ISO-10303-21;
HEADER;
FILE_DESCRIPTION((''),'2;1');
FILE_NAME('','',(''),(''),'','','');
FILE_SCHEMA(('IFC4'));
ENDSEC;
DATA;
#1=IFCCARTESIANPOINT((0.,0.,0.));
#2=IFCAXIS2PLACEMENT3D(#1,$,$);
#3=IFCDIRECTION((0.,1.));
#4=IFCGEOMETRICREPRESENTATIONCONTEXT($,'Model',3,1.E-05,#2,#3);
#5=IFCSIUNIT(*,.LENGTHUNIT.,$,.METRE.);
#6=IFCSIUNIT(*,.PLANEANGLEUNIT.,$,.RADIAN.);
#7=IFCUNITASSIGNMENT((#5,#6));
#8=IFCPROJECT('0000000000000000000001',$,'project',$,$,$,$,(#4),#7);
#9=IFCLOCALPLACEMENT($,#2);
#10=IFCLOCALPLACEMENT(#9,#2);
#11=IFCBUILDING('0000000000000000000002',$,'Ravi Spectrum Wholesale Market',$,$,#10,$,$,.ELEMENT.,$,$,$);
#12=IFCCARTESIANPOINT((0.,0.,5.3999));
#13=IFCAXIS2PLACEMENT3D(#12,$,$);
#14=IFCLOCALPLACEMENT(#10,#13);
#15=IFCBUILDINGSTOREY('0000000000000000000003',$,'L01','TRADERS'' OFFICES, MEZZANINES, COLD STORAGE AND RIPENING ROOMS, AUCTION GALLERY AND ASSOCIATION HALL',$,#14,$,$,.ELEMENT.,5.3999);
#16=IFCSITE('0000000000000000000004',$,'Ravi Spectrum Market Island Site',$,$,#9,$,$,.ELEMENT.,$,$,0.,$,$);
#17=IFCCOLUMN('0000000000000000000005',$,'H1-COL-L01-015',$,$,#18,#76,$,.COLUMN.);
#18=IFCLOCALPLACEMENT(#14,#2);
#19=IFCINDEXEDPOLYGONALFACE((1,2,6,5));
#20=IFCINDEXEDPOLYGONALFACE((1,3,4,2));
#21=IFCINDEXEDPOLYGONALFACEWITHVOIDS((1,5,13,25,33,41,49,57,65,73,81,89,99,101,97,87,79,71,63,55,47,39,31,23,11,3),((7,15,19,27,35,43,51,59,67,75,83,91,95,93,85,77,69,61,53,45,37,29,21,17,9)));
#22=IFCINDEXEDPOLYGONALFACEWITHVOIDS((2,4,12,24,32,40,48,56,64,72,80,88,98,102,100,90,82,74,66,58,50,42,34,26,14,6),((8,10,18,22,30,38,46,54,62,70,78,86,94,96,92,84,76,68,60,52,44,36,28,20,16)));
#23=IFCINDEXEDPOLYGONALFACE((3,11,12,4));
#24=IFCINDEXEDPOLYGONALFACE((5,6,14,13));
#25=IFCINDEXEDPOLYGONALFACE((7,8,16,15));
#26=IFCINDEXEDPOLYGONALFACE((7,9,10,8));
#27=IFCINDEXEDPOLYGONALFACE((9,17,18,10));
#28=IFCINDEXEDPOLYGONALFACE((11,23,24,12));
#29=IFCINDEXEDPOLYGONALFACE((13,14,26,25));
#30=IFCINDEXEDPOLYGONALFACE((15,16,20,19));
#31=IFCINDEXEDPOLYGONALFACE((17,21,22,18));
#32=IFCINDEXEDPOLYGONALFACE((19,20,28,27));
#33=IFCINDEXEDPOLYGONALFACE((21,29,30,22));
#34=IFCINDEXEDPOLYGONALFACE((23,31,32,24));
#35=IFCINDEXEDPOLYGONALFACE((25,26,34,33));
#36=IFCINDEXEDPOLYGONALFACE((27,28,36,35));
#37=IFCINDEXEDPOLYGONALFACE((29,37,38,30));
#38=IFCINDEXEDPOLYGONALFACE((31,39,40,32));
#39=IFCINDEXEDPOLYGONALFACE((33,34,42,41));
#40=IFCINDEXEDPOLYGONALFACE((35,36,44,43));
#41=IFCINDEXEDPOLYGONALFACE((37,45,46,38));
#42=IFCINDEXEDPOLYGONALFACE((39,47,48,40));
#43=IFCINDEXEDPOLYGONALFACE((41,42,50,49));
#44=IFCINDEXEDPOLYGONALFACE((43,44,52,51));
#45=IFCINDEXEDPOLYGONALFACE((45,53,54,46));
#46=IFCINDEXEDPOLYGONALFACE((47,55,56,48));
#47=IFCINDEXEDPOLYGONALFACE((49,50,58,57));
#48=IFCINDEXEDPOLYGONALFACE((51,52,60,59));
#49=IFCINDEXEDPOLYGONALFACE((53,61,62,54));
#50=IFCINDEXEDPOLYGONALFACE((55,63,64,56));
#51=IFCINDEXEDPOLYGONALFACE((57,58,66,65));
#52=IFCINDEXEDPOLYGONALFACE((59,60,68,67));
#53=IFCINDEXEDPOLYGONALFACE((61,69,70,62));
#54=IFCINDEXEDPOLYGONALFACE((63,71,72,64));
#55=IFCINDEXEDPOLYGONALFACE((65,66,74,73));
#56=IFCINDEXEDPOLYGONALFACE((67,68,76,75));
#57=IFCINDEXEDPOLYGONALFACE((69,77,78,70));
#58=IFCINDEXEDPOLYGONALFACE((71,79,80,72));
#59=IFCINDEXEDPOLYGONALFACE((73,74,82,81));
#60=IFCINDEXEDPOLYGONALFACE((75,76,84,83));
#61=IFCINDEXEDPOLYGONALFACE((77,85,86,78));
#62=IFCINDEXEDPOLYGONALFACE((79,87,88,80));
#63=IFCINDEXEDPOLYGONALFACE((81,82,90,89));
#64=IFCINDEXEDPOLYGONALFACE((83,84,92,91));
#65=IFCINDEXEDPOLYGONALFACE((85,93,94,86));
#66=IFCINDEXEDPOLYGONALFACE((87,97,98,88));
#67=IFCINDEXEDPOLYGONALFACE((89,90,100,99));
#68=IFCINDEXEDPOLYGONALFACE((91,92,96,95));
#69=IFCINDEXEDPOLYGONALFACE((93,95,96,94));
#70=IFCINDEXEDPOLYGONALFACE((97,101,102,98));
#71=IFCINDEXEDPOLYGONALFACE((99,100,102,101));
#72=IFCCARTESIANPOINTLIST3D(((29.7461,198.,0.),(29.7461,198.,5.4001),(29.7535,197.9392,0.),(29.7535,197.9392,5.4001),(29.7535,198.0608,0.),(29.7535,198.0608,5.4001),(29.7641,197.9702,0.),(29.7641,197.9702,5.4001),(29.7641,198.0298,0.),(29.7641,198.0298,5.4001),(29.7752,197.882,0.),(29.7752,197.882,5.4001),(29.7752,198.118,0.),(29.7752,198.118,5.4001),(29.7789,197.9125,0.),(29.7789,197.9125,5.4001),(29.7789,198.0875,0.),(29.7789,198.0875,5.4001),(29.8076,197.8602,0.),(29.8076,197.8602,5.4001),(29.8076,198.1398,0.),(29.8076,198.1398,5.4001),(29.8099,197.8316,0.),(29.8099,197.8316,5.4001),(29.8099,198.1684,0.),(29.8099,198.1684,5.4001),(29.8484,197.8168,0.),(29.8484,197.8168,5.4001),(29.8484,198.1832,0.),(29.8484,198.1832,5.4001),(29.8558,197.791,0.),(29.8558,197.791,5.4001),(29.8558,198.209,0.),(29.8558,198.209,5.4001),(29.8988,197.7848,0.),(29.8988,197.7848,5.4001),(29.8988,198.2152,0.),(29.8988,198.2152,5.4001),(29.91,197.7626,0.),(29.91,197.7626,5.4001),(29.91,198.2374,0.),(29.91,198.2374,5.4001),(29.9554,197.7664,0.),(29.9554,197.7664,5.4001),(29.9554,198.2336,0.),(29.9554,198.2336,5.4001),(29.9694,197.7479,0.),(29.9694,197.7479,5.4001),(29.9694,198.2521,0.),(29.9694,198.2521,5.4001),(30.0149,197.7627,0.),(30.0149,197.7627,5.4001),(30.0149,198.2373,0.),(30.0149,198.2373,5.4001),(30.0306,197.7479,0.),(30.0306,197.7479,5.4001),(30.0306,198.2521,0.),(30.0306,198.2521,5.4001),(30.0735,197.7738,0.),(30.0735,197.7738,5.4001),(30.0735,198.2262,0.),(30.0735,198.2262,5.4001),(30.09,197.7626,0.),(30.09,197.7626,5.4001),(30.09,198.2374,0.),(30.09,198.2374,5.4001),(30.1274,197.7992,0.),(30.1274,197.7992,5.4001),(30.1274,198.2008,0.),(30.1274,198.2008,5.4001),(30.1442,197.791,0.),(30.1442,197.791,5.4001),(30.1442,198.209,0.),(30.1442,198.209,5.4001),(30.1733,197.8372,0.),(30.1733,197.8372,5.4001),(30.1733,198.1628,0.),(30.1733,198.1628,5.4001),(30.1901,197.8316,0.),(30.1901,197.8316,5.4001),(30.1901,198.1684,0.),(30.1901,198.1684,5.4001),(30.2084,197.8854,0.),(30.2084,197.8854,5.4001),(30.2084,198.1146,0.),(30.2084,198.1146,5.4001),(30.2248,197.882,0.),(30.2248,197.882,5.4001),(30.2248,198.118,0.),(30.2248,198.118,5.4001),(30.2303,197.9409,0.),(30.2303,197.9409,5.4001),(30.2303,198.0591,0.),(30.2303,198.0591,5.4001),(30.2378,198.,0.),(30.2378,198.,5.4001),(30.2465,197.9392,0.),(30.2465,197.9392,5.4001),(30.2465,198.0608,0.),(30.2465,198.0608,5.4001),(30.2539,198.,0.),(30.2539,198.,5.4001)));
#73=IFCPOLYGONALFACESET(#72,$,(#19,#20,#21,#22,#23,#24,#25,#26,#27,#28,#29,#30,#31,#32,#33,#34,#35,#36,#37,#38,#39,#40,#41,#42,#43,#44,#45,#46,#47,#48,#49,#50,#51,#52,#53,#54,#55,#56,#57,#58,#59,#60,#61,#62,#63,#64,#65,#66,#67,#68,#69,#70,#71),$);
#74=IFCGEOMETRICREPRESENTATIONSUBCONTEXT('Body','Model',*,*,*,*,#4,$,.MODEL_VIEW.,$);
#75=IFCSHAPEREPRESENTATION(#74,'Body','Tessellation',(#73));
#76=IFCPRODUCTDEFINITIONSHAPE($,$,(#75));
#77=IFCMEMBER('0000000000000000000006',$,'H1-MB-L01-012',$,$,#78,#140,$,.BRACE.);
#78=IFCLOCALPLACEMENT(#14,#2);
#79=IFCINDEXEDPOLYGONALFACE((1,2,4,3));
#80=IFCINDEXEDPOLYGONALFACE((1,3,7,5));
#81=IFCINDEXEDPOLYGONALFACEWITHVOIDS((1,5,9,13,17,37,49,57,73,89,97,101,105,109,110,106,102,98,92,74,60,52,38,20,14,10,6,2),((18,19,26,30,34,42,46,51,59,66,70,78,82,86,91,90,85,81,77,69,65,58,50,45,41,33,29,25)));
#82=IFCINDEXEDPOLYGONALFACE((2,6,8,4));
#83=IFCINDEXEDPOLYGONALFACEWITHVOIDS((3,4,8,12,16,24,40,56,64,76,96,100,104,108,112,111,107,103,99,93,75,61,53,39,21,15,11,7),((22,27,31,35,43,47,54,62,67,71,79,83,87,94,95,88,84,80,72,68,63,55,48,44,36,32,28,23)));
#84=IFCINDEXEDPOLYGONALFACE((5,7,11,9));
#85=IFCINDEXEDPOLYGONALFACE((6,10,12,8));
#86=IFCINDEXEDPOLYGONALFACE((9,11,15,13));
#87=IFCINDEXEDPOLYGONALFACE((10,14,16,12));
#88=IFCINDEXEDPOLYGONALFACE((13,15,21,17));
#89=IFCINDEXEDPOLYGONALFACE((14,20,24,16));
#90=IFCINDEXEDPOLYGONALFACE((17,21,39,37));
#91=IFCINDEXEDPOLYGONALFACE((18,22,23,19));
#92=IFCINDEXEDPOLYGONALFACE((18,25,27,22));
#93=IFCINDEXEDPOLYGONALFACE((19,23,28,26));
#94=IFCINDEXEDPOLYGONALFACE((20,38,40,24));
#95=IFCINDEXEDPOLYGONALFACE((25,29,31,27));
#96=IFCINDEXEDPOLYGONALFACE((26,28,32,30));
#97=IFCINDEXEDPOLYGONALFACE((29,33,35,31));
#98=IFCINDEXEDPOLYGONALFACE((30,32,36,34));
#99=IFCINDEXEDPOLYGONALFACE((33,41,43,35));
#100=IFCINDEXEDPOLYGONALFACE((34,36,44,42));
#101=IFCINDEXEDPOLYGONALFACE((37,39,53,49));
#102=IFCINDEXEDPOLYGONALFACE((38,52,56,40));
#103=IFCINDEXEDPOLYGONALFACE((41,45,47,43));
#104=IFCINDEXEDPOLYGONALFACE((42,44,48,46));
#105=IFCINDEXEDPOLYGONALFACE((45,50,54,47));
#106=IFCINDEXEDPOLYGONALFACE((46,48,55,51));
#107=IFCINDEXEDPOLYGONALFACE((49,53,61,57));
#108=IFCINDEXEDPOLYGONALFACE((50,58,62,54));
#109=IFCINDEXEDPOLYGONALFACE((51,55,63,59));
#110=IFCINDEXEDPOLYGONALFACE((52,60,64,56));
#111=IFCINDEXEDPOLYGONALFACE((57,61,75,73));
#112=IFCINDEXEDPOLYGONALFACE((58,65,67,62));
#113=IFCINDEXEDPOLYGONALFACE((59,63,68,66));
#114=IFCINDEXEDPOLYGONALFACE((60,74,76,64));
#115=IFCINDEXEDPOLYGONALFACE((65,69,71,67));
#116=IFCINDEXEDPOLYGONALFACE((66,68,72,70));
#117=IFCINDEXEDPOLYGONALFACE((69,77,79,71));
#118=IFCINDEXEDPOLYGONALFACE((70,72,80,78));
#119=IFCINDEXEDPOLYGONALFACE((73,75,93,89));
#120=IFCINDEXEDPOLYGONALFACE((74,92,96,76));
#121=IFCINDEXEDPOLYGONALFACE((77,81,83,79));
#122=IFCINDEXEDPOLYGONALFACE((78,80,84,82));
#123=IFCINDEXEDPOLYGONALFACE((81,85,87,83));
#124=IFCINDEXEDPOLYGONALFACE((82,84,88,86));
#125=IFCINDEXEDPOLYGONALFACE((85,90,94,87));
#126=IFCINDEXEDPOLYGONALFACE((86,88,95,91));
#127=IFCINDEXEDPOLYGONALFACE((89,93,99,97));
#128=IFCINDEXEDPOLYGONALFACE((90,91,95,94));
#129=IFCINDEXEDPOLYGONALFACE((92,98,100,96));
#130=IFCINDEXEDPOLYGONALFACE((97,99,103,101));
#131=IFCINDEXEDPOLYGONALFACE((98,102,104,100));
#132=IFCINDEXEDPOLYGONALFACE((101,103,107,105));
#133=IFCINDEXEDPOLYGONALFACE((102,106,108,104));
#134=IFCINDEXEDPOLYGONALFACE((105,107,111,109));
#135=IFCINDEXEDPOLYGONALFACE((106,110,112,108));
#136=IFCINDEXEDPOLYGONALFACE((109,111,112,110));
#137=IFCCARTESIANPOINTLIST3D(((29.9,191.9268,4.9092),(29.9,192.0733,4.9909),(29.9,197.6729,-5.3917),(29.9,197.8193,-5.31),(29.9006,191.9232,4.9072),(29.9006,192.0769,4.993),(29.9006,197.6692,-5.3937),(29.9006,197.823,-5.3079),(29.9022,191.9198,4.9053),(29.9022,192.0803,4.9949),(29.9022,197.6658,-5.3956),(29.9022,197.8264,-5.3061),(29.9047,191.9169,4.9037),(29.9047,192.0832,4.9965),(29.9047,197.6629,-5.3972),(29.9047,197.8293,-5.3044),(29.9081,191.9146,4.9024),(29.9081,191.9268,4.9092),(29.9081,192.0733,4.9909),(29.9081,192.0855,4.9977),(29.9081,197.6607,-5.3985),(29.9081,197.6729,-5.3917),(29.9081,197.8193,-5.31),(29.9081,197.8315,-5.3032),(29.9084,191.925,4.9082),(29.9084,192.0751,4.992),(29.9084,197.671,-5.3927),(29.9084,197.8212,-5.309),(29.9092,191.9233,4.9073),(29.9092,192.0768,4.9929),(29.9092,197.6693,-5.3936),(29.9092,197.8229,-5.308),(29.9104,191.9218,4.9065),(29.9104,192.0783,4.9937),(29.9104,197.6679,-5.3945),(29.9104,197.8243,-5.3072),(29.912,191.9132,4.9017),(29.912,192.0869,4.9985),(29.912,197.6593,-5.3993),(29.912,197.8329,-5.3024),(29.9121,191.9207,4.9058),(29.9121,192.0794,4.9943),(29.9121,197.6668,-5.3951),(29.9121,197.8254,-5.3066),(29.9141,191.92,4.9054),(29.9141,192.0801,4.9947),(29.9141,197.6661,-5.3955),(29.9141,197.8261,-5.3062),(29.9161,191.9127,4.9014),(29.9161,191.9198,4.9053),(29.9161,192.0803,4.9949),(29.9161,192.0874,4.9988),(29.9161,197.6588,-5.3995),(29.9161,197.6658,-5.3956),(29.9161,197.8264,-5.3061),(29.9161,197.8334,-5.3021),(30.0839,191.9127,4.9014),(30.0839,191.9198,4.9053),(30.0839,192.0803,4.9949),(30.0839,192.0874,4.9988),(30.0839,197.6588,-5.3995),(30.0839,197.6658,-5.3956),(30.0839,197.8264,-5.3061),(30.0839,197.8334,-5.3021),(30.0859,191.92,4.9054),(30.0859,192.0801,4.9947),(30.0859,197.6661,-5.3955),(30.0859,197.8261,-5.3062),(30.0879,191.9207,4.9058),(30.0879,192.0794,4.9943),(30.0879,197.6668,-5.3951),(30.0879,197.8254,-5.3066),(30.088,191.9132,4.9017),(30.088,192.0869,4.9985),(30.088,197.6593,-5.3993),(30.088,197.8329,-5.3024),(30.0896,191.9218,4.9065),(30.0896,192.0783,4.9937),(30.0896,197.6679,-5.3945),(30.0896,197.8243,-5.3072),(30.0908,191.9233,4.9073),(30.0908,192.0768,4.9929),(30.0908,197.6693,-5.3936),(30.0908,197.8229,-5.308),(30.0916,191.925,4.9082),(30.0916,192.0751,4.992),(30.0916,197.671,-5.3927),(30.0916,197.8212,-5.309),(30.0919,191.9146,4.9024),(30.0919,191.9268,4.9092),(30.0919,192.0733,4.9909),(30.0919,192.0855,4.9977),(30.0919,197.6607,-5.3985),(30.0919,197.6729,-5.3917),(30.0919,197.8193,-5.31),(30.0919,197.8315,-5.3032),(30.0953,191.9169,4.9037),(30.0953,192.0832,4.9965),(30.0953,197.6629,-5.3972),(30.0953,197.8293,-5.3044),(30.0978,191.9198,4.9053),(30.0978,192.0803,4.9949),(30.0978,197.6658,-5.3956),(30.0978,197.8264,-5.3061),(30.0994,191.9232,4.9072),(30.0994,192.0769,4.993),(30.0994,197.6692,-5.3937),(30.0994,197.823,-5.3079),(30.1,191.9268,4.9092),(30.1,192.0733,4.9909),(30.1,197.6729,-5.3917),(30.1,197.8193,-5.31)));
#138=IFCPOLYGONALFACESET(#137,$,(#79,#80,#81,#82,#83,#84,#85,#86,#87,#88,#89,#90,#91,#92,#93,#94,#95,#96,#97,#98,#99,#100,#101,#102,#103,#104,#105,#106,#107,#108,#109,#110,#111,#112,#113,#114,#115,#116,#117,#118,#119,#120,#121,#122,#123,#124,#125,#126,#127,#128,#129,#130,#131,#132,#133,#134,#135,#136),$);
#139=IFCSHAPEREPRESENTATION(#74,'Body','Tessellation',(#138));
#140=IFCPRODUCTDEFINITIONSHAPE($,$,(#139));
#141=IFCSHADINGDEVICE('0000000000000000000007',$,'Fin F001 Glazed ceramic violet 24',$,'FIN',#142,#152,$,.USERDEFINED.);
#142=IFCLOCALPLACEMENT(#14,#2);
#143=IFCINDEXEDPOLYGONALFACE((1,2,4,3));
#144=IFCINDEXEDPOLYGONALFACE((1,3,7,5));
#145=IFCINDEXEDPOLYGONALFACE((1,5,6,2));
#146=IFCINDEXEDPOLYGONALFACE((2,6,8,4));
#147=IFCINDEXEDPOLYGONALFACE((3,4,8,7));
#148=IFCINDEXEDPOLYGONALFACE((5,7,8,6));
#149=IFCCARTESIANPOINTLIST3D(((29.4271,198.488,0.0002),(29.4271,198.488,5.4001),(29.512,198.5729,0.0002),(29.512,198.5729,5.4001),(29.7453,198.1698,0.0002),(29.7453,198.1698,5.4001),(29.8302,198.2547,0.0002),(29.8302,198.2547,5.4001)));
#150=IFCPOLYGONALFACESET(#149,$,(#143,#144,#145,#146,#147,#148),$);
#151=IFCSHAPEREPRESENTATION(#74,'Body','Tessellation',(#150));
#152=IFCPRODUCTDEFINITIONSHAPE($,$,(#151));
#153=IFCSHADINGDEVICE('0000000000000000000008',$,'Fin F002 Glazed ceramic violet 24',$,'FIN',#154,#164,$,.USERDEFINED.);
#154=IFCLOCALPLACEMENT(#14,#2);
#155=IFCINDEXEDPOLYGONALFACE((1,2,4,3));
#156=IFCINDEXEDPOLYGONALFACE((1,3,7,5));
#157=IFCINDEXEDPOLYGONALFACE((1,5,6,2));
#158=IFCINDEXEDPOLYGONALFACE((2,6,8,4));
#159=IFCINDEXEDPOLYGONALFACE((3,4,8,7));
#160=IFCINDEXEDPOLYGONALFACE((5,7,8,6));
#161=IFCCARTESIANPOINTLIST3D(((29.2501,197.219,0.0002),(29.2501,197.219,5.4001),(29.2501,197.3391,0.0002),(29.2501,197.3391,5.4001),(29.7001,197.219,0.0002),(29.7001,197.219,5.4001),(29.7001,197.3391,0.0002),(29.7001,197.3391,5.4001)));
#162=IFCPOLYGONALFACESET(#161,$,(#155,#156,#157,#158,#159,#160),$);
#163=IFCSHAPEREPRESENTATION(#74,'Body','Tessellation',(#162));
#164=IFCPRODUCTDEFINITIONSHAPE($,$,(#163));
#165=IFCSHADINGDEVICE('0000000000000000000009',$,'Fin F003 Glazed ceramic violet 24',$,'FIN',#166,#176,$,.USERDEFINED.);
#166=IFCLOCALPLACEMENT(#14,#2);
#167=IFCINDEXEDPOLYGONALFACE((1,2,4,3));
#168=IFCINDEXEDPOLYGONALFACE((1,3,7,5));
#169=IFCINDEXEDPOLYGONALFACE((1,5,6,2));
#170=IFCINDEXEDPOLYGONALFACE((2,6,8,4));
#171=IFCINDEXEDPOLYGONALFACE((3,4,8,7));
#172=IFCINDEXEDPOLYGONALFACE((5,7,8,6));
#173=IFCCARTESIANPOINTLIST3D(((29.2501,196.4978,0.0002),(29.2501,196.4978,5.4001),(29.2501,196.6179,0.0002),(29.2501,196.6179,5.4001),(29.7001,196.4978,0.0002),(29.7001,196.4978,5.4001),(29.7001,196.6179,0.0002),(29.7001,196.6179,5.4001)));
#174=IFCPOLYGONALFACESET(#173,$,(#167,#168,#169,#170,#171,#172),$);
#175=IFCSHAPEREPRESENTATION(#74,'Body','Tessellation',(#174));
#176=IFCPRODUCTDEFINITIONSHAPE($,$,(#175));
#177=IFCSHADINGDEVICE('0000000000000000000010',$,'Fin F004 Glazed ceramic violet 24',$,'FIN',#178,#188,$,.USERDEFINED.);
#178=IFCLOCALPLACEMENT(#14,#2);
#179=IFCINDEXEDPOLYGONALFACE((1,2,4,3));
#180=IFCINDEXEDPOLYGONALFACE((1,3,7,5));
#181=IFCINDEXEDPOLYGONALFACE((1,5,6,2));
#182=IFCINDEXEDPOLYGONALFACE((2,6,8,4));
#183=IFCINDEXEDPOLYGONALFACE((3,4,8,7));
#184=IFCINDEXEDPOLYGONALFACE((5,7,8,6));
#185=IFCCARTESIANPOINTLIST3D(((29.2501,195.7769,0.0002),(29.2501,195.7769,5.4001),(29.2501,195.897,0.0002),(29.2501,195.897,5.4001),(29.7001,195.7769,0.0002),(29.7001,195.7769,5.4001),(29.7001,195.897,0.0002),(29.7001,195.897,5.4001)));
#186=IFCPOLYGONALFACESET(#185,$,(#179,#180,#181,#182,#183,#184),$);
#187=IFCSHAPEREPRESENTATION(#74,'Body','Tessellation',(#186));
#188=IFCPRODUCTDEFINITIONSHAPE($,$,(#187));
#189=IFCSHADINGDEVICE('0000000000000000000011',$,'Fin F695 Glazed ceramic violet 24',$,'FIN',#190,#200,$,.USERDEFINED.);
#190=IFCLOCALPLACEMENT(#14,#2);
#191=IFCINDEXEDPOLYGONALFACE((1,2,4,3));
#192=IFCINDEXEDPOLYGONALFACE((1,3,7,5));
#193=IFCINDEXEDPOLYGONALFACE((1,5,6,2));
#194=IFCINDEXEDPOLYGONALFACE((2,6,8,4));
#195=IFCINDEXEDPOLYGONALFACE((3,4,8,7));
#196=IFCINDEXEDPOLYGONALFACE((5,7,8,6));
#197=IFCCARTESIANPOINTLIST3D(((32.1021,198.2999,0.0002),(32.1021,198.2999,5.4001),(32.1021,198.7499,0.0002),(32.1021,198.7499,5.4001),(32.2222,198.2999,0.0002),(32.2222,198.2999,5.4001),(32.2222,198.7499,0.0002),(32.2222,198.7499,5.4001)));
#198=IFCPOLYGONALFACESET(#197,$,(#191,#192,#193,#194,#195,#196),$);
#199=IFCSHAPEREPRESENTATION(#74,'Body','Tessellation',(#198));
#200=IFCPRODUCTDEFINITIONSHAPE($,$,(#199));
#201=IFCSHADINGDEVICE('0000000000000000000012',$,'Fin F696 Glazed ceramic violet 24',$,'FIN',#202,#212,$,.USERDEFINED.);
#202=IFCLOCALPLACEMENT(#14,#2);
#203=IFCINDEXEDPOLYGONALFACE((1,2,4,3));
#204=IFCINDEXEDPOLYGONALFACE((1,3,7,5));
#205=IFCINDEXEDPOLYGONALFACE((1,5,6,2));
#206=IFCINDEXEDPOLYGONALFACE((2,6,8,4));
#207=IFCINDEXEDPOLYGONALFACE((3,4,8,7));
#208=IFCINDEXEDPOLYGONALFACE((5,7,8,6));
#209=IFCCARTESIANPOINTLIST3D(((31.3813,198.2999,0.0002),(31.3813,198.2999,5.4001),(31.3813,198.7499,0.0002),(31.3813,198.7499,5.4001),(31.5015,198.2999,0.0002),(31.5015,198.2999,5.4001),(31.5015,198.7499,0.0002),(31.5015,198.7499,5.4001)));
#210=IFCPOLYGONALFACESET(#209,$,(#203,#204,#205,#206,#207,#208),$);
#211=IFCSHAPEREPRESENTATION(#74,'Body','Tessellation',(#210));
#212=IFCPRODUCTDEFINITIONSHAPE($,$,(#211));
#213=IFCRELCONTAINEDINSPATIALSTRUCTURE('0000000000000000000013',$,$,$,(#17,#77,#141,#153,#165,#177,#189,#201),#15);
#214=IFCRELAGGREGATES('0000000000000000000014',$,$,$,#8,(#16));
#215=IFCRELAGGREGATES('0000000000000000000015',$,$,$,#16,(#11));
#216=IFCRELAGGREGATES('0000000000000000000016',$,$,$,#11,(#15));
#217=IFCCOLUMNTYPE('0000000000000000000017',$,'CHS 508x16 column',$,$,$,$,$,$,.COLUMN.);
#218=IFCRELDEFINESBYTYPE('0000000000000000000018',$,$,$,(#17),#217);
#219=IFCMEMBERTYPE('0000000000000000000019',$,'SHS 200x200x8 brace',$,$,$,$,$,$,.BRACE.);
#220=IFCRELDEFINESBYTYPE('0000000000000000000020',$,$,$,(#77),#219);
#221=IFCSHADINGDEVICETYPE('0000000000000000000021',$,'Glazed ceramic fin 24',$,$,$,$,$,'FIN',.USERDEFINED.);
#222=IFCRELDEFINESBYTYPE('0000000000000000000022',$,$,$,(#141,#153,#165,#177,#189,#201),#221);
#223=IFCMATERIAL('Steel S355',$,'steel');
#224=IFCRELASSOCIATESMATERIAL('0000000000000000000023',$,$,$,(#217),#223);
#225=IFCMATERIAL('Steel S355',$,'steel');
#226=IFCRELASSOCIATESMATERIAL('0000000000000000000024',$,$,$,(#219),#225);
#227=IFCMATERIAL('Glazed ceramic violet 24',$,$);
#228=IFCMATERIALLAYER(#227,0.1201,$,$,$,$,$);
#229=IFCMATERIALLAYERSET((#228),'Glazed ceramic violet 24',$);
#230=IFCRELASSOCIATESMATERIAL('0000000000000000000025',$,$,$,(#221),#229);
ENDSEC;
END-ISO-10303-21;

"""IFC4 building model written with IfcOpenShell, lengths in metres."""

from ifc_helpers import new_model, si_unit, direction, frame, origin, origin_2d, place, context, subcontext, project, spatial, rectangle, hollow_rectangle, hollow_circle, extrude, material, layer, layer_set, material_profile, profile_set, type_object, element, save


model = new_model("IFC4")

# Units and contexts
model_context = context("Model", 3, precision=1e-05, world=origin(), true_north=direction((0.0, 1.0)))
body_context = subcontext(model_context, "Body", "Model", "MODEL_VIEW")
ifc_project = project(units=[si_unit("LENGTHUNIT", "METRE"), si_unit("PLANEANGLEUNIT", "RADIAN")], contexts=[model_context])

# Site, building, storey
site_placement = place(None, origin())
site = spatial("IfcSite", under=ifc_project, at=site_placement, Name="Ravi Spectrum Market Island Site", CompositionType="ELEMENT", RefElevation=0.0)
building_placement = place(site_placement, origin())
building = spatial("IfcBuilding", under=site, at=building_placement, Name="Ravi Spectrum Wholesale Market", CompositionType="ELEMENT")
storey_placement = place(building_placement, frame((0.0, 0.0, 5.3999)))
storey = spatial("IfcBuildingStorey", under=building, at=storey_placement, Name="L01", Description="TRADERS' OFFICES, MEZZANINES, COLD STORAGE AND RIPENING ROOMS, AUCTION GALLERY AND ASSOCIATION HALL", CompositionType="ELEMENT", Elevation=5.3999)

# Column
ifc_material_1 = material(Name="Steel S355", Category="steel")
ifc_material_profile_1 = material_profile(ifc_material_1, hollow_circle(Radius=0.2539, WallThickness=0.0161, at=origin_2d()))
ifc_profile_set_1 = profile_set([ifc_material_profile_1], Name="Steel S355")
column_type = type_object("IfcColumnType", Name="CHS 508x16 column", PredefinedType="COLUMN", material=ifc_profile_set_1)
column_placement = place(storey_placement, frame((30.0, 198.0, 0.0), z_axis=(0.0, 0.0, 1.0), x_axis=(1.0, 0.0, 0.0)))
element("IfcColumn", 1, at=column_placement, inside=storey, type_object=column_type, Name="H1-COL-L01-015", PredefinedType="COLUMN", context=body_context, shape_type="SweptSolid", body=[
    extrude(hollow_circle(Radius=0.2539, WallThickness=0.0161, at=origin_2d()), origin(), (0.0, 0.0, 1.0), 5.4001),
])

# Member
ifc_material_2 = material(Name="Steel S355", Category="steel")
ifc_material_profile_2 = material_profile(ifc_material_2, hollow_rectangle(XDim=0.2, YDim=0.2, WallThickness=0.0081, InnerFilletRadius=0.0081, OuterFilletRadius=0.0161, at=origin_2d()))
ifc_profile_set_2 = profile_set([ifc_material_profile_2], Name="Steel S355")
member_type = type_object("IfcMemberType", Name="SHS 200x200x8 brace", PredefinedType="BRACE", material=ifc_profile_set_2)
member_placement = place(storey_placement, frame((30.0, 197.7461, -5.3508), z_axis=(0.0, -0.487152, 0.873317), x_axis=(1.0, 0.0, 0.0)))
element("IfcMember", 2, at=member_placement, inside=storey, type_object=member_type, Name="H1-MB-L01-012", PredefinedType="BRACE", context=body_context, shape_type="SweptSolid", body=[
    extrude(hollow_rectangle(XDim=0.2, YDim=0.2, WallThickness=0.0081, InnerFilletRadius=0.0081, OuterFilletRadius=0.0161, at=origin_2d()), origin(), (0.0, 0.0, 1.0), 11.7952),
])

# Shading devices
ifc_material_3 = material(Name="Glazed ceramic violet 24")
ifc_layer = layer(ifc_material_3, 0.1201)
ifc_layer_set = layer_set([ifc_layer], Name="Glazed ceramic violet 24")
shading_device_type = type_object("IfcShadingDeviceType", Name="Glazed ceramic fin 24", ElementType="FIN", PredefinedType="USERDEFINED", material=ifc_layer_set)
for number, where, z_axis, x_axis, name in (
    (3, (29.6287, 198.3713, 0.0002), (0.0, 0.0, 1.0), (-0.707107, -0.707107, 0.0), "Fin F001 Glazed ceramic violet 24"),
    (4, (29.4751, 197.2791, 0.0002), (0.0, 0.0, 1.0), (0.0, -1.0, 0.0), "Fin F002 Glazed ceramic violet 24"),
    (5, (29.4751, 196.5579, 0.0002), (0.0, 0.0, 1.0), (0.0, -1.0, 0.0), "Fin F003 Glazed ceramic violet 24"),
    (6, (29.4751, 195.8369, 0.0002), (0.0, 0.0, 1.0), (0.0, -1.0, 0.0), "Fin F004 Glazed ceramic violet 24"),
    (7, (32.1621, 198.5249, 0.0002), (0.0, 0.0, 1.0), (-1.0, 0.0, 0.0), "Fin F695 Glazed ceramic violet 24"),
    (8, (31.4414, 198.5249, 0.0002), (0.0, 0.0, 1.0), (-1.0, 0.0, 0.0), "Fin F696 Glazed ceramic violet 24"),
):
    element("IfcShadingDevice", number, at=place(storey_placement, frame(where, z_axis=z_axis, x_axis=x_axis)), inside=storey, type_object=shading_device_type, Name=name, ObjectType="FIN", PredefinedType="USERDEFINED", context=body_context, shape_type="SweptSolid", body=[
        extrude(rectangle(XDim=0.1201, YDim=0.45, at=origin_2d()), origin(), (0.0, 0.0, 1.0), 5.3999),
    ])

save(model, "model.ifc")
